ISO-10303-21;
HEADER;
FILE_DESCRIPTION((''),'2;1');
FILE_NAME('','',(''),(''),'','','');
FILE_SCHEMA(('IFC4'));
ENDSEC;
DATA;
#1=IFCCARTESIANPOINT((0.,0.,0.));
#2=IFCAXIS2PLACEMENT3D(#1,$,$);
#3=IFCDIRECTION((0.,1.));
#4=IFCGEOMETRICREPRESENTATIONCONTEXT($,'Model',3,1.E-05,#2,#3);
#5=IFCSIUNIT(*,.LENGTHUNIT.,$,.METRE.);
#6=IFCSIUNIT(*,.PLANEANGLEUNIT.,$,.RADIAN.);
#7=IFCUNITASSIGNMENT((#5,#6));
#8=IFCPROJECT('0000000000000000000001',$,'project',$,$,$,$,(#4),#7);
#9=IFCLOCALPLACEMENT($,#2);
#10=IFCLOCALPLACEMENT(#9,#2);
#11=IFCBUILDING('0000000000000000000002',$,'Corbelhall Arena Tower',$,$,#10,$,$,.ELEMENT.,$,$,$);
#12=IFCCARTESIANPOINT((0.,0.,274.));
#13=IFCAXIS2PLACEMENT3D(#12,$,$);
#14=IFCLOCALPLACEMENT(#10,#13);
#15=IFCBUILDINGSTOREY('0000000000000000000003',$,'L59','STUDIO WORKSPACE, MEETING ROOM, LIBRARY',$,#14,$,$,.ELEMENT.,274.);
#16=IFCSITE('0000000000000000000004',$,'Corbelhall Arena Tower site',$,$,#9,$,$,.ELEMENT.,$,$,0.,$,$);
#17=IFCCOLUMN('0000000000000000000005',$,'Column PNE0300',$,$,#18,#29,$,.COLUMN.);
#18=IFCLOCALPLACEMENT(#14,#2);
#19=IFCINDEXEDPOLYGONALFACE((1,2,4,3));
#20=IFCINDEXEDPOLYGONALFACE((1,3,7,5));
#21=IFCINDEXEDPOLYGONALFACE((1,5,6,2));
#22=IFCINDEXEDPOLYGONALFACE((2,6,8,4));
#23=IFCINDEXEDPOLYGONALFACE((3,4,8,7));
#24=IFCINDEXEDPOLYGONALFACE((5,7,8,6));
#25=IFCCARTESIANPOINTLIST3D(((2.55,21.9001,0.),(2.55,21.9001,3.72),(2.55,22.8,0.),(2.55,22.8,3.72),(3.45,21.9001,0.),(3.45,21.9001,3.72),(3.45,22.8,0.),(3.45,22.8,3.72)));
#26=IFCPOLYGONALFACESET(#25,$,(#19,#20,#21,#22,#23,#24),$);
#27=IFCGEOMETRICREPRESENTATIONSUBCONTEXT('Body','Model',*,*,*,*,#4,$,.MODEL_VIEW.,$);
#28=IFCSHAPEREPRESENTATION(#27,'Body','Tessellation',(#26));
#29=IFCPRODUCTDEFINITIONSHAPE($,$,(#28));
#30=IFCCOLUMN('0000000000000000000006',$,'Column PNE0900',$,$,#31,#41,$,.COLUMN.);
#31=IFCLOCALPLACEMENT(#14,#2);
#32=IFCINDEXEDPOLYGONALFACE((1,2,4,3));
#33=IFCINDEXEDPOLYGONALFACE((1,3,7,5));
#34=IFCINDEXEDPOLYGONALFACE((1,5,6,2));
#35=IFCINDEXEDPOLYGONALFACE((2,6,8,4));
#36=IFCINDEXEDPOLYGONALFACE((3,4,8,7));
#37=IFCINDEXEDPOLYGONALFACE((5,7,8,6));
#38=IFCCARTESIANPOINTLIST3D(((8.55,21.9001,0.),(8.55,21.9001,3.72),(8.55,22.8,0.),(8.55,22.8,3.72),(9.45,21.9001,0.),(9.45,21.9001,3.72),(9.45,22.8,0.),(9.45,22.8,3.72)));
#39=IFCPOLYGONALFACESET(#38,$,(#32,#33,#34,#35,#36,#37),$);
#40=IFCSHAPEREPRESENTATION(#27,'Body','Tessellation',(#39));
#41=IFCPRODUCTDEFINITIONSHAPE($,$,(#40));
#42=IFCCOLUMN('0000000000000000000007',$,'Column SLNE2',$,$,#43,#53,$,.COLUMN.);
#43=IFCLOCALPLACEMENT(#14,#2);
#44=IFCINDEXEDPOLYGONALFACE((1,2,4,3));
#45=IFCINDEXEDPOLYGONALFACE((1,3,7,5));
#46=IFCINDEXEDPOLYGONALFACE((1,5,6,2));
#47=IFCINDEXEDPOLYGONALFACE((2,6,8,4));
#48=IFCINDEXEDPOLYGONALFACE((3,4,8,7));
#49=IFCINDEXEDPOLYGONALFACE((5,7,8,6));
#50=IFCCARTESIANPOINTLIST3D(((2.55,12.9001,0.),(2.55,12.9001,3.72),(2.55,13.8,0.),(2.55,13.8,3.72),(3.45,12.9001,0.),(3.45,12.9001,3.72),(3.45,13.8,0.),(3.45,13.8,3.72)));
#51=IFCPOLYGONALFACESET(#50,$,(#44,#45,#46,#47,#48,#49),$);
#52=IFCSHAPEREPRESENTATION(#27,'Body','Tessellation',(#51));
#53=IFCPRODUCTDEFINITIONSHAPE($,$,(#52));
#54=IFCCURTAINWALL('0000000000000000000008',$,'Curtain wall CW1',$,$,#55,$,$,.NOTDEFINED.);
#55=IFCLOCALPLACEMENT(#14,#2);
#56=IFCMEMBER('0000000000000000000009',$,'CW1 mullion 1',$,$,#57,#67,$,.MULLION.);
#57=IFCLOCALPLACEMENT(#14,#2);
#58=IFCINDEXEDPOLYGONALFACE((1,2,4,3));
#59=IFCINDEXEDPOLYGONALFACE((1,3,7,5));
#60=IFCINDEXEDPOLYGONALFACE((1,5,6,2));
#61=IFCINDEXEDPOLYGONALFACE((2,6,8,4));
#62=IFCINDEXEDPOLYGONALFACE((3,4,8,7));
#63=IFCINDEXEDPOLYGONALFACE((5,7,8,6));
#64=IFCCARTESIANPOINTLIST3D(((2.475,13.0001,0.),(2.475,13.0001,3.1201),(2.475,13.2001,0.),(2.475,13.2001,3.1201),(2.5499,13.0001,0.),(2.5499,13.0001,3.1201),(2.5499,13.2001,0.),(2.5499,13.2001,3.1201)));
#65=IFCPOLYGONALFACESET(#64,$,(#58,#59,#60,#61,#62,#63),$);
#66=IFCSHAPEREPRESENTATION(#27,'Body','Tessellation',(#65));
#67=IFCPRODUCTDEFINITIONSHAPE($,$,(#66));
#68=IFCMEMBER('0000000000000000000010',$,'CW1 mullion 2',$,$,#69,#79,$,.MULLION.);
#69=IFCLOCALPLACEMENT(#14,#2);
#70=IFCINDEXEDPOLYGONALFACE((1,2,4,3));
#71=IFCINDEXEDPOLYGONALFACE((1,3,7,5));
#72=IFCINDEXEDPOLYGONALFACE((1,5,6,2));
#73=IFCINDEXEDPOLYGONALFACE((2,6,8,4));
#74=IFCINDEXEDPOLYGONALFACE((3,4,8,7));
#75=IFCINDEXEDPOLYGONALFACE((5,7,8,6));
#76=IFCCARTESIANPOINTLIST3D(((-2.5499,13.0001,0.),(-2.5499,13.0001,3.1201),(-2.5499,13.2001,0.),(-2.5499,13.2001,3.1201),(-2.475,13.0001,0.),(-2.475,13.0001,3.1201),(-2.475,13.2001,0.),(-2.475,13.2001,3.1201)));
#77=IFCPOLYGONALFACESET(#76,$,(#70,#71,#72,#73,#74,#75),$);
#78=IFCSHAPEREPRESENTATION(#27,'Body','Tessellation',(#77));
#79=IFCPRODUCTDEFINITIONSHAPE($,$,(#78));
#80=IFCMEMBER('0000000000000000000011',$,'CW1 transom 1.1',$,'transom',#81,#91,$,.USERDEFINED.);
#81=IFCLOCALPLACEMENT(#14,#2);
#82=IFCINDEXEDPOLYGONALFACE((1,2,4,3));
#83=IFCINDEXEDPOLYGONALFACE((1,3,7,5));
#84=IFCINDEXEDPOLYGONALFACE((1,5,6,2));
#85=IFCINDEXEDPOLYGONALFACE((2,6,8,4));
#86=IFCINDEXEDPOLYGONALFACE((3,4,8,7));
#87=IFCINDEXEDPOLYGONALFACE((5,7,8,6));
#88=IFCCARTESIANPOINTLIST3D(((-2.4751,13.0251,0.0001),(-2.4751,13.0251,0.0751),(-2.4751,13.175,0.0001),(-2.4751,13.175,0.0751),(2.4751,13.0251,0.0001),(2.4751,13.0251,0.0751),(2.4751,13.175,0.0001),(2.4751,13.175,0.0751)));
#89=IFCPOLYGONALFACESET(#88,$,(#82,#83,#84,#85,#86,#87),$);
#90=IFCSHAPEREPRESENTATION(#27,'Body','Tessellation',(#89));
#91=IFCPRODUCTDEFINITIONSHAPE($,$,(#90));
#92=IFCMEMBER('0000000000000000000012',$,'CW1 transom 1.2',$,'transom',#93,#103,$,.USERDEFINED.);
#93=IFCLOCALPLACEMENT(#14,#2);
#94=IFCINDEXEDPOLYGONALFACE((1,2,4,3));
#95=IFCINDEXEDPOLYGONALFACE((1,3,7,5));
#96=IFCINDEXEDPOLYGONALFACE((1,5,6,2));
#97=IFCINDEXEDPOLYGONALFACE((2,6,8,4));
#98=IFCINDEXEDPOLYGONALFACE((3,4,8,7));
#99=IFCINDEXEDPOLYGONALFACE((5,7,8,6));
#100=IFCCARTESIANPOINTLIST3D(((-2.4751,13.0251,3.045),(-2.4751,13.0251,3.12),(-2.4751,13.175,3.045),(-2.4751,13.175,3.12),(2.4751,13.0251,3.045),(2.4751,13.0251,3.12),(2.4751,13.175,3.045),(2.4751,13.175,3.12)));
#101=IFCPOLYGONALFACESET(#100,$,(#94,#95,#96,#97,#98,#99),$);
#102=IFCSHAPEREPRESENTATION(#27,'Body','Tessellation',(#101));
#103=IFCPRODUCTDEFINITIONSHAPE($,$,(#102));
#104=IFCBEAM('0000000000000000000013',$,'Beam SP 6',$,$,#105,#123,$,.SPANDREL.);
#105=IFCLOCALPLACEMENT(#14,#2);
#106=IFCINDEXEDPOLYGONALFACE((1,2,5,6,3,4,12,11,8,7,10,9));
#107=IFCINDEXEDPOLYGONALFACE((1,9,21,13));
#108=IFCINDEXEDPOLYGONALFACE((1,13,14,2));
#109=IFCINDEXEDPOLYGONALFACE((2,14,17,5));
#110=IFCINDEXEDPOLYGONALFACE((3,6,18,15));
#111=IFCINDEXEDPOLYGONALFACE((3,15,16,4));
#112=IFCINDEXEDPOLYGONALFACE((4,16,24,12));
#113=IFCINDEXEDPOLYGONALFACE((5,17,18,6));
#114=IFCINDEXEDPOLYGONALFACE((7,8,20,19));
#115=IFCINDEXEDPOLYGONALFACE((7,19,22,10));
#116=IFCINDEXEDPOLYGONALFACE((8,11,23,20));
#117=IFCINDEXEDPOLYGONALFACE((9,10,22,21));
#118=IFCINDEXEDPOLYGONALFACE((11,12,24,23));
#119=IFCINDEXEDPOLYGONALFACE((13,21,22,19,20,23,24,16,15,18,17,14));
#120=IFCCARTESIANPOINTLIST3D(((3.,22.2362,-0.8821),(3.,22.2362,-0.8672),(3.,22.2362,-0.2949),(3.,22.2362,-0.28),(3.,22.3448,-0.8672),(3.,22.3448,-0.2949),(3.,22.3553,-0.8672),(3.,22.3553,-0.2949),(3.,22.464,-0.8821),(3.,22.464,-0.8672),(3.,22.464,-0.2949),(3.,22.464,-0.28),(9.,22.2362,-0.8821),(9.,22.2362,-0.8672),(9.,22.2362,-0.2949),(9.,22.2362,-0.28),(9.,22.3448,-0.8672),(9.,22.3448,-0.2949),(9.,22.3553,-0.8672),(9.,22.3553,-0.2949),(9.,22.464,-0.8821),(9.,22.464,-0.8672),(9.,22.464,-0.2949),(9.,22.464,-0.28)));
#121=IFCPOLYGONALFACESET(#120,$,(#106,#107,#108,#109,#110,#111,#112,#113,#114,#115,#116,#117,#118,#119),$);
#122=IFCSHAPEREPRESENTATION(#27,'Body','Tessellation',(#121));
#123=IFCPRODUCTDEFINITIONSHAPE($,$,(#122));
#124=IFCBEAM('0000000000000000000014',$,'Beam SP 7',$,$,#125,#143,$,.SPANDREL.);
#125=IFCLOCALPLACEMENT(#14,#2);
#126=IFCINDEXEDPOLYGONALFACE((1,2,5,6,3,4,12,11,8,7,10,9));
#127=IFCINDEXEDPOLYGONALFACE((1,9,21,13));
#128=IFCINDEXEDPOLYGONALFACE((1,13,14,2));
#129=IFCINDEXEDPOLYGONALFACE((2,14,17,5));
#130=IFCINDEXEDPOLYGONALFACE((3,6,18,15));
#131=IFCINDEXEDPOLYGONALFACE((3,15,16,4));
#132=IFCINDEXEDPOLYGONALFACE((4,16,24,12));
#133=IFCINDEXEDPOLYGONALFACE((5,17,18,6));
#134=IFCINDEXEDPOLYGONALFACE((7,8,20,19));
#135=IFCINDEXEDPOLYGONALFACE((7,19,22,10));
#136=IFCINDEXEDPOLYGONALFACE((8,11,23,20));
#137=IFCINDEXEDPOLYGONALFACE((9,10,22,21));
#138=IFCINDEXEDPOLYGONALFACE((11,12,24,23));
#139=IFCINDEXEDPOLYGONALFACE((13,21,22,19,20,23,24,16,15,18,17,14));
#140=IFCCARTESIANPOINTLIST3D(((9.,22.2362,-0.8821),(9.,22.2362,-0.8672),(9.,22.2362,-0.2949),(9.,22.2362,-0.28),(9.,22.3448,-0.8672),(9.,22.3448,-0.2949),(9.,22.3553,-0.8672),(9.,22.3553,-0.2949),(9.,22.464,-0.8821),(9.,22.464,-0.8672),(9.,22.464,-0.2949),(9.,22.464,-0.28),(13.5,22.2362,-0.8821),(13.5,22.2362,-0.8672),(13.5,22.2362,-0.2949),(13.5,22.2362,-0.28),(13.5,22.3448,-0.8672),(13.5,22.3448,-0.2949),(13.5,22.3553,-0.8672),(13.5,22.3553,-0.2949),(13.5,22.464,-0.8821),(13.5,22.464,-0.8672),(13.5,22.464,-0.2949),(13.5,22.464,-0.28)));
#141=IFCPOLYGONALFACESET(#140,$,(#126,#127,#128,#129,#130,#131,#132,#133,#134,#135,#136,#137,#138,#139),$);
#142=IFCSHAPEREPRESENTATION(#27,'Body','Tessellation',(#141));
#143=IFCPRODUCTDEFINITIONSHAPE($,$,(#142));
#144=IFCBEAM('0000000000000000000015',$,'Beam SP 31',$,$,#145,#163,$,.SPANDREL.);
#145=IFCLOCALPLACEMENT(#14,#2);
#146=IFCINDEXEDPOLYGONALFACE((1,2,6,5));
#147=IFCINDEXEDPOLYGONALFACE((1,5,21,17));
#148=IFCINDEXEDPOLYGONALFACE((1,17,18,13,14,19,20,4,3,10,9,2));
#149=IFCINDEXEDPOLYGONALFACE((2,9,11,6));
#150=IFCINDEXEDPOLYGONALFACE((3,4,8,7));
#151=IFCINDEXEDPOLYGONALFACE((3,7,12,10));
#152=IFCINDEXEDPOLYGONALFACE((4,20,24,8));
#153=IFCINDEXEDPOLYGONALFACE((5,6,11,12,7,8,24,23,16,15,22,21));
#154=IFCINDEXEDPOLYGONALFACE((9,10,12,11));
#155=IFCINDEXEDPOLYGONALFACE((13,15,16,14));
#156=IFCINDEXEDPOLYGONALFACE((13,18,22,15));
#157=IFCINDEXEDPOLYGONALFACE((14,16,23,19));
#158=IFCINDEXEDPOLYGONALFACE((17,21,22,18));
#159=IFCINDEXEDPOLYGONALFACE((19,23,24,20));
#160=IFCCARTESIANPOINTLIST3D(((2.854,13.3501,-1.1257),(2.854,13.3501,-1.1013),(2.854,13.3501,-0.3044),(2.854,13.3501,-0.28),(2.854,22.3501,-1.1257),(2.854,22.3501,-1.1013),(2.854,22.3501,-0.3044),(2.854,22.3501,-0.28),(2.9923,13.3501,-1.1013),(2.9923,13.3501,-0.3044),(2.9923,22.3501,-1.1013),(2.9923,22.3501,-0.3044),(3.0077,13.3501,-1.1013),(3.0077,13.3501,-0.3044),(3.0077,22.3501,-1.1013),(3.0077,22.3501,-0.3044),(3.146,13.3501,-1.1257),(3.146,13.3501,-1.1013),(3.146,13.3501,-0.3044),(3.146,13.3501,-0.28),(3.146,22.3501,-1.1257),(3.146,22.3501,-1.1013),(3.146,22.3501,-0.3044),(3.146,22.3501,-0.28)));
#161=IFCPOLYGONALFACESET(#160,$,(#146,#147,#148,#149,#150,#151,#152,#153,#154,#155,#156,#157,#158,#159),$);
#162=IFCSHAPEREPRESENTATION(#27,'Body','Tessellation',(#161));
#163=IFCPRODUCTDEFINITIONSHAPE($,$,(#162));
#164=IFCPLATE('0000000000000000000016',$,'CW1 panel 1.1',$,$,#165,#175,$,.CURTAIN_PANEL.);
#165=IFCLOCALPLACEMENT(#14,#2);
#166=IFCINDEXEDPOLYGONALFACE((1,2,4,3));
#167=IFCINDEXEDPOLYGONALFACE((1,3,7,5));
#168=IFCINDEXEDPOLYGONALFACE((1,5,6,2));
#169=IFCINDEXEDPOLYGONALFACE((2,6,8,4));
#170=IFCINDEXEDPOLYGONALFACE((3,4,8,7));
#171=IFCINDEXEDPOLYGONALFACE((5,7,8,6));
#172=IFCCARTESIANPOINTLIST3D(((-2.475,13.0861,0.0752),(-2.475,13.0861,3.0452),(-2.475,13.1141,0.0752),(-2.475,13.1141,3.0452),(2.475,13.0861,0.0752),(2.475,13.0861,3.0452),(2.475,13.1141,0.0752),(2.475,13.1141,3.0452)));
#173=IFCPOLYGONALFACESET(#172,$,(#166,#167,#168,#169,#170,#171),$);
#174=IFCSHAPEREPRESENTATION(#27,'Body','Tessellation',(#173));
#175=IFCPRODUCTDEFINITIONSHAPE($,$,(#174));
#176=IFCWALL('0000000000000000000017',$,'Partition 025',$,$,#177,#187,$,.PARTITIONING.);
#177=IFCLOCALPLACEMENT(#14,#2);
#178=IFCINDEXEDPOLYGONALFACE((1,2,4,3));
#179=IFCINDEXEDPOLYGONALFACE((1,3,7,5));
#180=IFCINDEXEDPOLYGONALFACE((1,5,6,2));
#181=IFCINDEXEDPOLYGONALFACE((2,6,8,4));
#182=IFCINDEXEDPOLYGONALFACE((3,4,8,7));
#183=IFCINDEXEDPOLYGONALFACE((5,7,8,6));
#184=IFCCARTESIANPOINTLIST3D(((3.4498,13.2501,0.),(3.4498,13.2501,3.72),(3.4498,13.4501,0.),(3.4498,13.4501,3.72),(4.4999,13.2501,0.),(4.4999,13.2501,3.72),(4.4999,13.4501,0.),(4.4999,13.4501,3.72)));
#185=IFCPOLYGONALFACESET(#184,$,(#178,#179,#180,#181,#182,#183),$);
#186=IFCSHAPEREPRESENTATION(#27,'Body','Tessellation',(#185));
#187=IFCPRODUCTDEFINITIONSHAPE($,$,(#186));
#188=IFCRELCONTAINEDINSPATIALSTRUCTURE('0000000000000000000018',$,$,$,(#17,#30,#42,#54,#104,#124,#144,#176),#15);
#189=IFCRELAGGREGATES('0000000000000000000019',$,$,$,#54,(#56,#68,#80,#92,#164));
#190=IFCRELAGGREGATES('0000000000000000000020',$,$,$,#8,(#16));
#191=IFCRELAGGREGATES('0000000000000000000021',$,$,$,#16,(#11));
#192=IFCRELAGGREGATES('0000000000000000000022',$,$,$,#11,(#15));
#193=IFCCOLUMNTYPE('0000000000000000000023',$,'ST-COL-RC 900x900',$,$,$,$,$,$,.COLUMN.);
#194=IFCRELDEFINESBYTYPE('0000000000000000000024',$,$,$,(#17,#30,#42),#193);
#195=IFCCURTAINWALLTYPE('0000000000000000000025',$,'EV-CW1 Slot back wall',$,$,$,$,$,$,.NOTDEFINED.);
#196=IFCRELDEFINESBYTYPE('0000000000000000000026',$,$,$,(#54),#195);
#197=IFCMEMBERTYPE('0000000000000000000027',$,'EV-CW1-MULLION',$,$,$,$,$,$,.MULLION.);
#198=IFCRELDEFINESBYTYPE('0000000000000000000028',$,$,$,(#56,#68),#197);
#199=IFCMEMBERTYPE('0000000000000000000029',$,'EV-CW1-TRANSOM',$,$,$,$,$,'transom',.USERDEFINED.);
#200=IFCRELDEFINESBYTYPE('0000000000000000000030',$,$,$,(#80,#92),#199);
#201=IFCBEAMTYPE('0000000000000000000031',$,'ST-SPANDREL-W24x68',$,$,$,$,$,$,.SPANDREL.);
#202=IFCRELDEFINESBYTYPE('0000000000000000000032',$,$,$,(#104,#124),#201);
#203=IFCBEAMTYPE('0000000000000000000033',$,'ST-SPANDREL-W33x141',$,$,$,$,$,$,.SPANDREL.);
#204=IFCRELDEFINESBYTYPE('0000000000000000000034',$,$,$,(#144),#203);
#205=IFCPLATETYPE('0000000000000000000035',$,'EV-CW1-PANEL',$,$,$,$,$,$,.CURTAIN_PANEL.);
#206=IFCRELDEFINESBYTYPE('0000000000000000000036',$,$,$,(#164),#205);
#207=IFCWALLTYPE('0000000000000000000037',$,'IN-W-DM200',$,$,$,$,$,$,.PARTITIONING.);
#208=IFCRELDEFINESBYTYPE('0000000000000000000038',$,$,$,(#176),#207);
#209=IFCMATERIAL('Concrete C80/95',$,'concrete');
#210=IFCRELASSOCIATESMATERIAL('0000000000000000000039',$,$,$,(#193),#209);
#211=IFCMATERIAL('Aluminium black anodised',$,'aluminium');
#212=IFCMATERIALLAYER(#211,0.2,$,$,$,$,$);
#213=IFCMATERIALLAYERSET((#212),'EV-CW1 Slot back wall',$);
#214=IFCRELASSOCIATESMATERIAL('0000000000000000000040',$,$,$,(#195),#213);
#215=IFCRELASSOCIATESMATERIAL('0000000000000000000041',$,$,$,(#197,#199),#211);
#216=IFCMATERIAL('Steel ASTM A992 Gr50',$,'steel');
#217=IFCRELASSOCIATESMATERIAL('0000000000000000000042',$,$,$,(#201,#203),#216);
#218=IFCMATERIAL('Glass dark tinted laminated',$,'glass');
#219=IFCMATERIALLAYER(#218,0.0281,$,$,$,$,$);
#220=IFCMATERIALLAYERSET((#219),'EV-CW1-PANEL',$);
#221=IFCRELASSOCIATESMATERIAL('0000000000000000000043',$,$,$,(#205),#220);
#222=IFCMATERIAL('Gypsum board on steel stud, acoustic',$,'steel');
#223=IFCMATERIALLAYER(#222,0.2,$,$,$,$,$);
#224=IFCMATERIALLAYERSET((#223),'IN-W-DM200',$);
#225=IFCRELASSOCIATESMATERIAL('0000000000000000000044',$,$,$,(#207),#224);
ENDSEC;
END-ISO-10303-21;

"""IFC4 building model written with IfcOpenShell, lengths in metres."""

from ifc_helpers import new_model, si_unit, direction, frame, frame_2d, origin, origin_2d, place, context, subcontext, project, spatial, rectangle, i_section, extrude, material, layer, layer_set, material_profile, profile_set, type_object, element, aggregate, save


model = new_model("IFC4")

# Units and contexts
model_context = context("Model", 3, precision=1e-05, world=origin(), true_north=direction((0.0, 1.0)))
body_context = subcontext(model_context, "Body", "Model", "MODEL_VIEW")
ifc_project = project(units=[si_unit("LENGTHUNIT", "METRE"), si_unit("PLANEANGLEUNIT", "RADIAN")], contexts=[model_context])

# Site, building, storey
site_placement = place(None, origin())
site = spatial("IfcSite", under=ifc_project, at=site_placement, Name="Corbelhall Arena Tower site", CompositionType="ELEMENT", RefElevation=0.0)
building_placement = place(site_placement, origin())
building = spatial("IfcBuilding", under=site, at=building_placement, Name="Corbelhall Arena Tower", CompositionType="ELEMENT")
storey_placement = place(building_placement, frame((0.0, 0.0, 274.0)))
storey = spatial("IfcBuildingStorey", under=building, at=storey_placement, Name="L59", Description="STUDIO WORKSPACE, MEETING ROOM, LIBRARY", CompositionType="ELEMENT", Elevation=274.0)

# Columns
ifc_material_1 = material(Name="Concrete C80/95", Category="concrete")
ifc_material_profile_1 = material_profile(ifc_material_1, rectangle(XDim=0.8999, YDim=0.8999, at=origin_2d()))
ifc_profile_set_1 = profile_set([ifc_material_profile_1], Name="Concrete C80/95")
column_type = type_object("IfcColumnType", Name="ST-COL-RC 900x900", PredefinedType="COLUMN", material=ifc_profile_set_1)
for number, where, z_axis, x_axis, name in (
    (1, (3.0, 22.3501, 0.0), (0.0, 0.0, 1.0), (1.0, 0.0, 0.0), "Column PNE0300"),
    (2, (9.0, 22.3501, 0.0), (0.0, 0.0, 1.0), (1.0, 0.0, 0.0), "Column PNE0900"),
    (3, (3.0, 13.3501, 0.0), (0.0, 0.0, 1.0), (1.0, 0.0, 0.0), "Column SLNE2"),
):
    element("IfcColumn", number, at=place(storey_placement, frame(where, z_axis=z_axis, x_axis=x_axis)), inside=storey, type_object=column_type, Name=name, PredefinedType="COLUMN", context=body_context, shape_type="SweptSolid", body=[
        extrude(rectangle(XDim=0.8999, YDim=0.8999, at=origin_2d()), origin(), (0.0, 0.0, 1.0), 3.72),
    ])

# Curtain wall, members
ifc_material_2 = material(Name="Aluminium black anodised", Category="aluminium")
ifc_layer_1 = layer(ifc_material_2, 0.2)
ifc_layer_set_1 = layer_set([ifc_layer_1], Name="EV-CW1 Slot back wall")
curtain_wall_type = type_object("IfcCurtainWallType", Name="EV-CW1 Slot back wall", PredefinedType="NOTDEFINED", material=ifc_layer_set_1)
curtain_wall_placement = place(storey_placement, origin())
curtain_wall = element("IfcCurtainWall", 4, at=curtain_wall_placement, inside=storey, type_object=curtain_wall_type, Name="Curtain wall CW1", PredefinedType="NOTDEFINED")
ifc_material_profile_2 = material_profile(ifc_material_2, rectangle(XDim=0.2, YDim=0.075, at=origin_2d()))
ifc_profile_set_2 = profile_set([ifc_material_profile_2], Name="Aluminium black anodised")
member_type_1 = type_object("IfcMemberType", Name="EV-CW1-MULLION", PredefinedType="MULLION", material=ifc_profile_set_2)
member_1_placement = place(storey_placement, frame((2.5125, 13.1001, 0.0), z_axis=(0.0, 0.0, 1.0), x_axis=(0.0, -1.0, 0.0)))
member_1 = element("IfcMember", 5, at=member_1_placement, type_object=member_type_1, Name="CW1 mullion 1", PredefinedType="MULLION", context=body_context, shape_type="SweptSolid", body=[
    extrude(rectangle(XDim=0.2, YDim=0.075, at=origin_2d()), origin(), (0.0, 0.0, 1.0), 3.1201),
])
member_2_placement = place(storey_placement, frame((-2.5125, 13.1001, 0.0), z_axis=(0.0, 0.0, 1.0), x_axis=(0.0, -1.0, 0.0)))
member_2 = element("IfcMember", 6, at=member_2_placement, type_object=member_type_1, Name="CW1 mullion 2", PredefinedType="MULLION", context=body_context, shape_type="SweptSolid", body=[
    extrude(rectangle(XDim=0.2, YDim=0.075, at=origin_2d()), origin(), (0.0, 0.0, 1.0), 3.1201),
])
ifc_material_profile_3 = material_profile(ifc_material_2, rectangle(XDim=0.1499, YDim=0.075, at=origin_2d()))
ifc_profile_set_3 = profile_set([ifc_material_profile_3], Name="Aluminium black anodised")
member_type_2 = type_object("IfcMemberType", Name="EV-CW1-TRANSOM", ElementType="transom", PredefinedType="USERDEFINED", material=ifc_profile_set_3)
member_3_placement = place(storey_placement, frame((2.4751, 13.1001, 0.0376), z_axis=(-1.0, 0.0, 0.0), x_axis=(0.0, -1.0, 0.0)))
member_3 = element("IfcMember", 7, at=member_3_placement, type_object=member_type_2, Name="CW1 transom 1.1", ObjectType="transom", PredefinedType="USERDEFINED", context=body_context, shape_type="SweptSolid", body=[
    extrude(rectangle(XDim=0.1499, YDim=0.075, at=origin_2d()), origin(), (0.0, 0.0, 1.0), 4.9502),
])
member_4_placement = place(storey_placement, frame((2.4751, 13.1001, 3.0825), z_axis=(-1.0, 0.0, 0.0), x_axis=(0.0, -1.0, 0.0)))
member_4 = element("IfcMember", 8, at=member_4_placement, type_object=member_type_2, Name="CW1 transom 1.2", ObjectType="transom", PredefinedType="USERDEFINED", context=body_context, shape_type="SweptSolid", body=[
    extrude(rectangle(XDim=0.1499, YDim=0.075, at=origin_2d()), origin(), (0.0, 0.0, 1.0), 4.9502),
])

# Beams
ifc_material_3 = material(Name="Steel ASTM A992 Gr50", Category="steel")
ifc_material_profile_4 = material_profile(ifc_material_3, i_section(OverallWidth=0.2278, OverallDepth=0.6021, WebThickness=0.0105, FlangeThickness=0.0149, at=origin_2d()))
ifc_profile_set_4 = profile_set([ifc_material_profile_4], Name="Steel ASTM A992 Gr50")
beam_type_1 = type_object("IfcBeamType", Name="ST-SPANDREL-W24x68", PredefinedType="SPANDREL", material=ifc_profile_set_4)
beam_1_placement = place(storey_placement, frame((3.0, 22.3501, -0.5811), z_axis=(1.0, 0.0, 0.0), x_axis=(0.0, 1.0, 0.0)))
element("IfcBeam", 9, at=beam_1_placement, inside=storey, type_object=beam_type_1, Name="Beam SP 6", PredefinedType="SPANDREL", context=body_context, shape_type="SweptSolid", body=[
    extrude(i_section(OverallWidth=0.2278, OverallDepth=0.6021, WebThickness=0.0105, FlangeThickness=0.0149, at=origin_2d()), origin(), (0.0, 0.0, 1.0), 6.0),
])
beam_2_placement = place(storey_placement, frame((9.0, 22.3501, -0.5811), z_axis=(1.0, 0.0, 0.0), x_axis=(0.0, 1.0, 0.0)))
element("IfcBeam", 10, at=beam_2_placement, inside=storey, type_object=beam_type_1, Name="Beam SP 7", PredefinedType="SPANDREL", context=body_context, shape_type="SweptSolid", body=[
    extrude(i_section(OverallWidth=0.2278, OverallDepth=0.6021, WebThickness=0.0105, FlangeThickness=0.0149, at=origin_2d()), origin(), (0.0, 0.0, 1.0), 4.5),
])
ifc_material_profile_5 = material_profile(ifc_material_3, i_section(OverallWidth=0.292, OverallDepth=0.8457, WebThickness=0.0154, FlangeThickness=0.0244, at=origin_2d()))
ifc_profile_set_5 = profile_set([ifc_material_profile_5], Name="Steel ASTM A992 Gr50")
beam_type_2 = type_object("IfcBeamType", Name="ST-SPANDREL-W33x141", PredefinedType="SPANDREL", material=ifc_profile_set_5)
beam_3_placement = place(storey_placement, frame((3.0, 13.3501, -0.7029), z_axis=(0.0, 1.0, 0.0), x_axis=(-1.0, 0.0, 0.0)))
element("IfcBeam", 11, at=beam_3_placement, inside=storey, type_object=beam_type_2, Name="Beam SP 31", PredefinedType="SPANDREL", context=body_context, shape_type="SweptSolid", body=[
    extrude(i_section(OverallWidth=0.292, OverallDepth=0.8457, WebThickness=0.0154, FlangeThickness=0.0244, at=origin_2d()), origin(), (0.0, 0.0, 1.0), 9.0),
])

# Plate
ifc_material_4 = material(Name="Glass dark tinted laminated", Category="glass")
ifc_layer_2 = layer(ifc_material_4, 0.0281)
ifc_layer_set_2 = layer_set([ifc_layer_2], Name="EV-CW1-PANEL")
plate_type = type_object("IfcPlateType", Name="EV-CW1-PANEL", PredefinedType="CURTAIN_PANEL", material=ifc_layer_set_2)
plate_placement = place(storey_placement, frame((0.0, 13.1001, 0.0752), z_axis=(0.0, 0.0, 1.0), x_axis=(-1.0, 0.0, 0.0)))
plate = element("IfcPlate", 12, at=plate_placement, type_object=plate_type, Name="CW1 panel 1.1", PredefinedType="CURTAIN_PANEL", context=body_context, shape_type="SweptSolid", body=[
    extrude(rectangle(XDim=4.95, YDim=0.0281, at=origin_2d()), origin(), (0.0, 0.0, 1.0), 2.97),
])
aggregate(curtain_wall, [member_1, member_2, member_3, member_4, plate])

# Wall
ifc_material_5 = material(Name="Gypsum board on steel stud, acoustic", Category="steel")
ifc_layer_3 = layer(ifc_material_5, 0.2)
ifc_layer_set_3 = layer_set([ifc_layer_3], Name="IN-W-DM200")
wall_type_1 = type_object("IfcWallType", Name="IN-W-DM200", PredefinedType="PARTITIONING", material=ifc_layer_set_3)
wall_1_placement = place(storey_placement, frame((3.45, 13.3501, 0.0), z_axis=(0.0, 0.0, 1.0), x_axis=(1.0, 0.0, 0.0)))
element("IfcWall", 13, at=wall_1_placement, inside=storey, type_object=wall_type_1, Name="Partition 025", PredefinedType="PARTITIONING", context=body_context, shape_type="SweptSolid", body=[
    extrude(rectangle(XDim=1.05, YDim=0.2, at=frame_2d((0.5249, 0.0))), origin(), (0.0, 0.0, 1.0), 3.72),
])

save(model, "model.ifc")
